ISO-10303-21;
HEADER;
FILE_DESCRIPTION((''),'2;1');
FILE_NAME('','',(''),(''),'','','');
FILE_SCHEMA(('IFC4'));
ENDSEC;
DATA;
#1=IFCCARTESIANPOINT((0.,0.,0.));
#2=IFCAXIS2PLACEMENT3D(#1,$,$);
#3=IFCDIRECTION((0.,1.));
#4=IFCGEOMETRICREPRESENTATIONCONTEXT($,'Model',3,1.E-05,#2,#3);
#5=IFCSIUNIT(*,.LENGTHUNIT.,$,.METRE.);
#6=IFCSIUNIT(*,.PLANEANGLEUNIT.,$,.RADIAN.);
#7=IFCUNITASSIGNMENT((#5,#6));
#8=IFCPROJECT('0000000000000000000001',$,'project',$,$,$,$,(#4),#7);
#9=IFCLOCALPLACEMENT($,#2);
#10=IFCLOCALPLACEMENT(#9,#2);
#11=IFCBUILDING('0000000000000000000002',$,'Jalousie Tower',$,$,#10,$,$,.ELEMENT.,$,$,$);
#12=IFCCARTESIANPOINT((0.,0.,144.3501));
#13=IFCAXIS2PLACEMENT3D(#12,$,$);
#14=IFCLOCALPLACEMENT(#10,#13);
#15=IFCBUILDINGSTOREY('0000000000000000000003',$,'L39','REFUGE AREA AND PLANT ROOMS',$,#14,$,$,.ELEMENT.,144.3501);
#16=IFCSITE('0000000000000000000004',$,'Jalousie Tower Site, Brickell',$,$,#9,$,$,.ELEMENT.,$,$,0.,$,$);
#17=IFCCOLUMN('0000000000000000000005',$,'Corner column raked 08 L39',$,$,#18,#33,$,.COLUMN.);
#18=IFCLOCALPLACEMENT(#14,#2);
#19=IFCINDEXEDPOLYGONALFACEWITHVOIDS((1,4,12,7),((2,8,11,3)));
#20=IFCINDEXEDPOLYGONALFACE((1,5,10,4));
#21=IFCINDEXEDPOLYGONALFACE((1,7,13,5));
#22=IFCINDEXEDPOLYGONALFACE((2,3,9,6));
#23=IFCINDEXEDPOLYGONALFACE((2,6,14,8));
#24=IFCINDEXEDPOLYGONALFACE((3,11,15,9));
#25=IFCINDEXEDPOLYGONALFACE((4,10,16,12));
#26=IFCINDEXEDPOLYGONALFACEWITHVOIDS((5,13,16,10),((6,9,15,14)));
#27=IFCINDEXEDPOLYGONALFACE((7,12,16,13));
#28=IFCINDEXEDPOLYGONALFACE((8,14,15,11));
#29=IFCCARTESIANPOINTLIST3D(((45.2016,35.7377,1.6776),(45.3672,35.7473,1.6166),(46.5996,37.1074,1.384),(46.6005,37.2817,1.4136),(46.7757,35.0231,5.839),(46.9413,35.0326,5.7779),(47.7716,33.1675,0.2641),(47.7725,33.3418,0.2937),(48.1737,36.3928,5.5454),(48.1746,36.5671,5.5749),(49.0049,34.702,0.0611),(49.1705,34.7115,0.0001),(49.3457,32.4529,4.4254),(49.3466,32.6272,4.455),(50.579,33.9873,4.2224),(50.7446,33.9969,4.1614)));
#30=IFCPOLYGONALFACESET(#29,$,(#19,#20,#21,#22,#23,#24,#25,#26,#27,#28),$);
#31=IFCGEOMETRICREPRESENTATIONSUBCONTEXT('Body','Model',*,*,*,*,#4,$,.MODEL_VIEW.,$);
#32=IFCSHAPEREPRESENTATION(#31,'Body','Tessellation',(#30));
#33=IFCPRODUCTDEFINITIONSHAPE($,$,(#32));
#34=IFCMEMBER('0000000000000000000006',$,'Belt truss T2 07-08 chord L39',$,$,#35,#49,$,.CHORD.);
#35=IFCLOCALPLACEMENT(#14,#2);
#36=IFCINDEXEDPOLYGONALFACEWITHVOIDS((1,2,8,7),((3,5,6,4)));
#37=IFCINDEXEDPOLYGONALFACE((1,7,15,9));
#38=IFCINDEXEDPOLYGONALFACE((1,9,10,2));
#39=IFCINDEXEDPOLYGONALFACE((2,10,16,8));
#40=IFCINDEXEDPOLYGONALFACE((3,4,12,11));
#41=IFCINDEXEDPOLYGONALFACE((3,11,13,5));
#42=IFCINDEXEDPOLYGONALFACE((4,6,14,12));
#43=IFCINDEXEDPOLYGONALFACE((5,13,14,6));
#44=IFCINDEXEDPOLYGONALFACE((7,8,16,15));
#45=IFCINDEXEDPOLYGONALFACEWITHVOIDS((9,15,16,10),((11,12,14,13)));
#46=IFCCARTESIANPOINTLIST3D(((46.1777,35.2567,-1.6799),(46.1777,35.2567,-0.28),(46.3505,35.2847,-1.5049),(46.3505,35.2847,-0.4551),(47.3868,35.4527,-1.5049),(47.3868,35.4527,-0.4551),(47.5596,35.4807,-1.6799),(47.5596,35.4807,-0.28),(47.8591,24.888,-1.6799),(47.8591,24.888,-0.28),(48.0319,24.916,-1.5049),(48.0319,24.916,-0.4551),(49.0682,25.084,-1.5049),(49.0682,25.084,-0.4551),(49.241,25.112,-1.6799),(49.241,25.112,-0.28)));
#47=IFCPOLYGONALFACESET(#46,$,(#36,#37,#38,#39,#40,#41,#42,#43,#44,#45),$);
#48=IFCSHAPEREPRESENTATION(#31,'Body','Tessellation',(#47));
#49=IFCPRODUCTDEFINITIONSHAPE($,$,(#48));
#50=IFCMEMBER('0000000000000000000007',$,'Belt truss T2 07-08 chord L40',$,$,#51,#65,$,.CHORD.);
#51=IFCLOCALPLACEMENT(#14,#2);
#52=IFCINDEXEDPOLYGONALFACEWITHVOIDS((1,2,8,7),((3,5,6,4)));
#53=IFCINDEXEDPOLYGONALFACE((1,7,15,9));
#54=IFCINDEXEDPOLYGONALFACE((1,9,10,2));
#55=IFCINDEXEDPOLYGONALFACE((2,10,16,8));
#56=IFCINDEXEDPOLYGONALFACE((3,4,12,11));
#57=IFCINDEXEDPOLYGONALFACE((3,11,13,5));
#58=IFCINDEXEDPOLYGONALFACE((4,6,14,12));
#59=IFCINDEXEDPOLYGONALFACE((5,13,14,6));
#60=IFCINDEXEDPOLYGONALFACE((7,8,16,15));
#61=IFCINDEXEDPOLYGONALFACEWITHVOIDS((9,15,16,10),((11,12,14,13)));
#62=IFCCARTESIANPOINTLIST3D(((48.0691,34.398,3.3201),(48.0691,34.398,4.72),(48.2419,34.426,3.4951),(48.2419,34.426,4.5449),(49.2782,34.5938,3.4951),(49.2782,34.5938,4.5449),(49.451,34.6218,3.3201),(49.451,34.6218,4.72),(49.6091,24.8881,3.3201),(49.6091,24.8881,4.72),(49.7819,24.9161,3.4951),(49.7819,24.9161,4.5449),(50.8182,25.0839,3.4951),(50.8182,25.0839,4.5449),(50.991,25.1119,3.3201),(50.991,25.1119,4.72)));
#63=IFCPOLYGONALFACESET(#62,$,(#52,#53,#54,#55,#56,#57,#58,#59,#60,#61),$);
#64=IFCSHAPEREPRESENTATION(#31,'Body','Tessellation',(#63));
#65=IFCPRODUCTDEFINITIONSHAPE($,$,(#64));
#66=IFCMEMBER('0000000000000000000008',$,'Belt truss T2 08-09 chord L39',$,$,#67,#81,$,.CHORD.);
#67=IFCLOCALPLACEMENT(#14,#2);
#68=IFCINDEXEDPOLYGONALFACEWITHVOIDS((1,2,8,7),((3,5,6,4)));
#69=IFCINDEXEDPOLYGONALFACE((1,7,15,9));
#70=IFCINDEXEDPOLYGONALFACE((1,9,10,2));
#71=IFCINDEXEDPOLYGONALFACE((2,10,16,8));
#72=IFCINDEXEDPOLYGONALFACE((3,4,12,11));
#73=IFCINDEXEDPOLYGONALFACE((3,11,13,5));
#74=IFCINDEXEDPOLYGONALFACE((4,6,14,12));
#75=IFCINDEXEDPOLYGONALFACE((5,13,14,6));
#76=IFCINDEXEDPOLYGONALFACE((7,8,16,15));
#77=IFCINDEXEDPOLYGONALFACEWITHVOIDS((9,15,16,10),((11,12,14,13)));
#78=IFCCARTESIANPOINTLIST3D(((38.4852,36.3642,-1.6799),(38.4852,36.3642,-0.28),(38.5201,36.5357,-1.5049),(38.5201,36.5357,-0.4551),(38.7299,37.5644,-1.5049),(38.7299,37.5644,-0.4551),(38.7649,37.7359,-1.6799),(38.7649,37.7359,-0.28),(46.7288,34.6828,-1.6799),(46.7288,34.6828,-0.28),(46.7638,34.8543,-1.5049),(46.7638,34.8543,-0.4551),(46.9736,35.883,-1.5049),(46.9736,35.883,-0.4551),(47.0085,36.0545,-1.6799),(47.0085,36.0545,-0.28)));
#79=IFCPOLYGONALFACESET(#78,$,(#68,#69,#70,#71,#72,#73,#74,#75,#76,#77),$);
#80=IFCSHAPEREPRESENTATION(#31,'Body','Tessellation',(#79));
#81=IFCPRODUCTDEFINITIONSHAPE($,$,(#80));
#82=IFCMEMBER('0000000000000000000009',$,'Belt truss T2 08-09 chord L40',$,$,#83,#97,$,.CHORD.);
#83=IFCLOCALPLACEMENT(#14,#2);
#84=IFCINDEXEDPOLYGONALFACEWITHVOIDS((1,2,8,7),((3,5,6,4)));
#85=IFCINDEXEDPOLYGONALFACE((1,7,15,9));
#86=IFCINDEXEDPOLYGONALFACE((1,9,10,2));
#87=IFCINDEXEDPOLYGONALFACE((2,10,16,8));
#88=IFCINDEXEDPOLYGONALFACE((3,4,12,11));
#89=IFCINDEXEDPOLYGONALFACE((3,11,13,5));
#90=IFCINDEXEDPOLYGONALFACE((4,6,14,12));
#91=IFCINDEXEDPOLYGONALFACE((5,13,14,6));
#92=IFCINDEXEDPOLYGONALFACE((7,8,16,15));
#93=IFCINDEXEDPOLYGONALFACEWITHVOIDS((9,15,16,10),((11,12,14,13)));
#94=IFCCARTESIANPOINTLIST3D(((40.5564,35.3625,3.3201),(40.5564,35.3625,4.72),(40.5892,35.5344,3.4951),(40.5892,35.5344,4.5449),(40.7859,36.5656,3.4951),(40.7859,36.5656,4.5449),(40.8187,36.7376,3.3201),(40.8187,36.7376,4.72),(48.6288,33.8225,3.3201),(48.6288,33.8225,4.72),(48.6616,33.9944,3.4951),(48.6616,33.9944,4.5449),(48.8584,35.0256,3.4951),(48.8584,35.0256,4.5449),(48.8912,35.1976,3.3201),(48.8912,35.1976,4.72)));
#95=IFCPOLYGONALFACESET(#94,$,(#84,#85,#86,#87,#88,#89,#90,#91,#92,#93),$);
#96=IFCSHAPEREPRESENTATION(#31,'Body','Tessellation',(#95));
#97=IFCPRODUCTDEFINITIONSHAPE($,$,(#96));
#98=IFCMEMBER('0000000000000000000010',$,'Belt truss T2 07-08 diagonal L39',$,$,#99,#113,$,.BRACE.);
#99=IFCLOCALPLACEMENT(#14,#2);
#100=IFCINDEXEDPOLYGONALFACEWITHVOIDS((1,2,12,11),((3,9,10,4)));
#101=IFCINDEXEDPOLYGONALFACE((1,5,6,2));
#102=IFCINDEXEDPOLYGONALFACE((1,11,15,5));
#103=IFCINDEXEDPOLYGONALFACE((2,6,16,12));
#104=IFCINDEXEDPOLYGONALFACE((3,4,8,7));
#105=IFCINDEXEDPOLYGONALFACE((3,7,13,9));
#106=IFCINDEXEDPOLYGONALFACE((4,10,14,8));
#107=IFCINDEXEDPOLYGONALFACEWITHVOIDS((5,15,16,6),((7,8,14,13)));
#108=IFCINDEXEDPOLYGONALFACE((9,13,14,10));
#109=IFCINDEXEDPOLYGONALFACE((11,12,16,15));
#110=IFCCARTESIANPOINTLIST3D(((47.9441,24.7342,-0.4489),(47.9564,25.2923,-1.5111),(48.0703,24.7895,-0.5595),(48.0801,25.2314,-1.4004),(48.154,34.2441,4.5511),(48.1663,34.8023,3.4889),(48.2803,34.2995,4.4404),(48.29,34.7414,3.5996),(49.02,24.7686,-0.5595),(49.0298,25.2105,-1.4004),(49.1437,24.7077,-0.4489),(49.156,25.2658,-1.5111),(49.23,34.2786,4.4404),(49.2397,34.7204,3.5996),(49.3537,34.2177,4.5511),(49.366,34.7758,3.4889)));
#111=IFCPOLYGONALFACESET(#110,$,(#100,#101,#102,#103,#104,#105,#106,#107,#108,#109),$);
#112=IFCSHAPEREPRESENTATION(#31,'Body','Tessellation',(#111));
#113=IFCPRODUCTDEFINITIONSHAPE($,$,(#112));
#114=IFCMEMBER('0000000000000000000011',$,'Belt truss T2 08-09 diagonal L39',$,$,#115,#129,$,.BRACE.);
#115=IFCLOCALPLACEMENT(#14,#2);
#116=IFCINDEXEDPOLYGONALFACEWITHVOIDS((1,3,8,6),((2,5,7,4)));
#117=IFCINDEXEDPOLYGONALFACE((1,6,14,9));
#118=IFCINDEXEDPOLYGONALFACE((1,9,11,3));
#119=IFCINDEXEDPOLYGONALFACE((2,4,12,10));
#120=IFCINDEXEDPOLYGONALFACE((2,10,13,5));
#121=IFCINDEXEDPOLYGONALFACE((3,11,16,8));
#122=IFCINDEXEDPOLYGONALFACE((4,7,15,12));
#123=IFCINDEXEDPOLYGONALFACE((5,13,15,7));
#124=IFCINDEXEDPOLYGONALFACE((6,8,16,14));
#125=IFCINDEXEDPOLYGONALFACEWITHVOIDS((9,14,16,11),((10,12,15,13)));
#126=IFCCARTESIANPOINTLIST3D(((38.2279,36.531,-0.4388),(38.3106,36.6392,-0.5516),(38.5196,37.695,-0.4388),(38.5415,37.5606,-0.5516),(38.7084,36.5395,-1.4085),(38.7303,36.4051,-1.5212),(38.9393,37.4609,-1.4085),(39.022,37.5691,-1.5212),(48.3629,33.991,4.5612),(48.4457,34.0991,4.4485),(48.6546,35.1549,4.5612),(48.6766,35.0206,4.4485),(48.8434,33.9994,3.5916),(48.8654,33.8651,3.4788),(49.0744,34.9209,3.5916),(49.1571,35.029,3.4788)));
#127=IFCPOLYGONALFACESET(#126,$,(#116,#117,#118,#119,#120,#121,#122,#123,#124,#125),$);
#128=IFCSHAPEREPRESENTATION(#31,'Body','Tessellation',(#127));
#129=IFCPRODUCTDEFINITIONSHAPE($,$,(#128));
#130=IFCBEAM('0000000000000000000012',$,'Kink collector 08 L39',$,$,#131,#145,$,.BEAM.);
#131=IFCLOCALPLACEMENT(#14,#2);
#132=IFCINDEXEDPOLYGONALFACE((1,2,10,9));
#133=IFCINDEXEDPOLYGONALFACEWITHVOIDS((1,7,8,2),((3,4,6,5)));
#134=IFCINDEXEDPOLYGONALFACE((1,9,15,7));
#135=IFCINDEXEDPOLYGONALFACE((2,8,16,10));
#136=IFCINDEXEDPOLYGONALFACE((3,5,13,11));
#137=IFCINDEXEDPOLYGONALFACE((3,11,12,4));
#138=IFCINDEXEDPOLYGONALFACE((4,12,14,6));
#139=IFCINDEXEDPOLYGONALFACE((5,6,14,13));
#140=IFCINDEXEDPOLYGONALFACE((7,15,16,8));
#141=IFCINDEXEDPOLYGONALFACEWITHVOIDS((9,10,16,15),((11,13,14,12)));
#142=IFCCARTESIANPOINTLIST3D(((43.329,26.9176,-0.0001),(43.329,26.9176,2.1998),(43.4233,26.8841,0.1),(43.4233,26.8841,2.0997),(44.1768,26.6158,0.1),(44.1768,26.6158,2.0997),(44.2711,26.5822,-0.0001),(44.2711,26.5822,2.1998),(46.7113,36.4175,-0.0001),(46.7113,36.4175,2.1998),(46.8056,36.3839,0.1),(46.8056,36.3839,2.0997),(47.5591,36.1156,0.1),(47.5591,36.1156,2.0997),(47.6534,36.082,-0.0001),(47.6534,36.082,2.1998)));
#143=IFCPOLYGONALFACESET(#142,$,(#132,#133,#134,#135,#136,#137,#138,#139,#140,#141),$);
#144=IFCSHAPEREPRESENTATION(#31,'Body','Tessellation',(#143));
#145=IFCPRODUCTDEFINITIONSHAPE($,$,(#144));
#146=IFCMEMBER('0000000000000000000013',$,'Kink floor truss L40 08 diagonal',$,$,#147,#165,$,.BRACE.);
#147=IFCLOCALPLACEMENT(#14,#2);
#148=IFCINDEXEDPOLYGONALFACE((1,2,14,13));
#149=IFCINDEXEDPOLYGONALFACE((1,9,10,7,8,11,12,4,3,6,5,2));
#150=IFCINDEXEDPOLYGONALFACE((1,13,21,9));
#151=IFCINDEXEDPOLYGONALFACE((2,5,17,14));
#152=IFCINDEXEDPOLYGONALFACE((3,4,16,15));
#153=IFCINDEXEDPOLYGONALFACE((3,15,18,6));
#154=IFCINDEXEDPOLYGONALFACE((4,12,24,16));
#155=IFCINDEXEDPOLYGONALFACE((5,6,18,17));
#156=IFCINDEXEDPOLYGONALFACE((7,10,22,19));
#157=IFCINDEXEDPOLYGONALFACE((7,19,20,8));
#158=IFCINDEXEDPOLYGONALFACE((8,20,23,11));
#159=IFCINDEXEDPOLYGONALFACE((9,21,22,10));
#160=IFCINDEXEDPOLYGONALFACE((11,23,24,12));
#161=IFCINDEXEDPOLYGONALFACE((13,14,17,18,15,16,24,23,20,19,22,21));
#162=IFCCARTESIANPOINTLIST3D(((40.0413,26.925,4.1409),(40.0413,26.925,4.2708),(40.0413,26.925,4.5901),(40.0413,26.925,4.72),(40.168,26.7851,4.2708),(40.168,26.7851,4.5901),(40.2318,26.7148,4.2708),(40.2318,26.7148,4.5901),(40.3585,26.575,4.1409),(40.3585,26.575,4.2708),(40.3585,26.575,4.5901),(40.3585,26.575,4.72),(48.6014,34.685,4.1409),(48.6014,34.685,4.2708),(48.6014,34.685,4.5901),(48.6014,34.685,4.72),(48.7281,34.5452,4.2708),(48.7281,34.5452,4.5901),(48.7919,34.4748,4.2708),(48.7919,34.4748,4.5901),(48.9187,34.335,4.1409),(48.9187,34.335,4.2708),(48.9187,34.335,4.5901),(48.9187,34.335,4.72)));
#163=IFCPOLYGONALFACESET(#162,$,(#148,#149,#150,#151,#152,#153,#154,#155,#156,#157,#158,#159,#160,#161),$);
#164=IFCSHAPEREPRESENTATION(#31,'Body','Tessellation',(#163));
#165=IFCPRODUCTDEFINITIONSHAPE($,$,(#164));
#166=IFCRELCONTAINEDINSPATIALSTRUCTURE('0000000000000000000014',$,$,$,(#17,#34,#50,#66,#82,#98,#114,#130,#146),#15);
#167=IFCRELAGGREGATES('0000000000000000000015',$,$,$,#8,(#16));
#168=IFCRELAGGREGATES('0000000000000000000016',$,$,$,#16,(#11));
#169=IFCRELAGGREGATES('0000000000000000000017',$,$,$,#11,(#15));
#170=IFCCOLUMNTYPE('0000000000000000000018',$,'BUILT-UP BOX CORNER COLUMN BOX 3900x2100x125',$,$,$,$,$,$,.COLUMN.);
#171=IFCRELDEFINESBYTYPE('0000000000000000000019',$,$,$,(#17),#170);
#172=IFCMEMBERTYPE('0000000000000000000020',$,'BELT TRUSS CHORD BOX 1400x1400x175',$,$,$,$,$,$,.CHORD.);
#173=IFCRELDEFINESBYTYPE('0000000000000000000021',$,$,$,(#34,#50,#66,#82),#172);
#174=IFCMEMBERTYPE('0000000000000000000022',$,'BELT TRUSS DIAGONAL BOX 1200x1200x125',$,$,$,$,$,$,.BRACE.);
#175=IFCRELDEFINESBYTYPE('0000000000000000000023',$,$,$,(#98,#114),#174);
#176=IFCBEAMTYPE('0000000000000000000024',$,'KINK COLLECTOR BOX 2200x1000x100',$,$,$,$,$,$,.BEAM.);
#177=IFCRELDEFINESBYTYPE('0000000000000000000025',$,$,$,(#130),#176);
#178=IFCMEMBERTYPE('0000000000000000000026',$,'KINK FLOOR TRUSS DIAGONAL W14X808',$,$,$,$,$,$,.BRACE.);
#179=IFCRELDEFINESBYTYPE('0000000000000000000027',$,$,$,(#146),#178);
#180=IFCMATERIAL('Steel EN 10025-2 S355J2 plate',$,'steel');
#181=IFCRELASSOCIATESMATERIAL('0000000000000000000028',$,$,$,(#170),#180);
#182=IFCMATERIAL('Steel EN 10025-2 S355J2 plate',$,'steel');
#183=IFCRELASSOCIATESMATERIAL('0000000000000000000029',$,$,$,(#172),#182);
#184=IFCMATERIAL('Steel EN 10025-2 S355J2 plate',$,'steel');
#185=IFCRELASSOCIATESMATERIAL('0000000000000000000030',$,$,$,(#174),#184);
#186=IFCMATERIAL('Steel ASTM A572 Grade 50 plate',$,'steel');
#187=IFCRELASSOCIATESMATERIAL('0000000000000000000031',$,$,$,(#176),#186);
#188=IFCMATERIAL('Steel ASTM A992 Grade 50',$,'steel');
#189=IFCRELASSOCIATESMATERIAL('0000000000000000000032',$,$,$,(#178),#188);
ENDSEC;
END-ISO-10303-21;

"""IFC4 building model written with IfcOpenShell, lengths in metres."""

from ifc_helpers import new_model, si_unit, direction, frame, origin, origin_2d, place, context, subcontext, project, spatial, hollow_rectangle, i_section, extrude, material, material_profile, profile_set, type_object, element, save


model = new_model("IFC4")

# Units and contexts
model_context = context("Model", 3, precision=1e-05, world=origin(), true_north=direction((0.0, 1.0)))
body_context = subcontext(model_context, "Body", "Model", "MODEL_VIEW")
ifc_project = project(units=[si_unit("LENGTHUNIT", "METRE"), si_unit("PLANEANGLEUNIT", "RADIAN")], contexts=[model_context])

# Site, building, storey
site_placement = place(None, origin())
site = spatial("IfcSite", under=ifc_project, at=site_placement, Name="Jalousie Tower Site, Brickell", CompositionType="ELEMENT", RefElevation=0.0)
building_placement = place(site_placement, origin())
building = spatial("IfcBuilding", under=site, at=building_placement, Name="Jalousie Tower", CompositionType="ELEMENT")
storey_placement = place(building_placement, frame((0.0, 0.0, 144.3501)))
storey = spatial("IfcBuildingStorey", under=building, at=storey_placement, Name="L39", Description="REFUGE AREA AND PLANT ROOMS", CompositionType="ELEMENT", Elevation=144.3501)

# Column
ifc_material_1 = material(Name="Steel EN 10025-2 S355J2 plate", Category="steel")
ifc_material_profile_1 = material_profile(ifc_material_1, hollow_rectangle(XDim=2.1001, YDim=3.8999, WallThickness=0.125, at=origin_2d()), Name="BOX 3900x2100x125")
ifc_profile_set_1 = profile_set([ifc_material_profile_1], Name="Steel EN 10025-2 S355J2 plate")
column_type = type_object("IfcColumnType", Name="BUILT-UP BOX CORNER COLUMN BOX 3900x2100x125", PredefinedType="COLUMN", material=ifc_profile_set_1)
column_placement = place(storey_placement, frame((47.186, 35.2246, 0.8389), z_axis=(0.349327, -0.158588, 0.923483), x_axis=(-0.666103, -0.735189, 0.125715)))
element("IfcColumn", 1, at=column_placement, inside=storey, type_object=column_type, Name="Corner column raked 08 L39", PredefinedType="COLUMN", context=body_context, shape_type="SweptSolid", body=[
    extrude(hollow_rectangle(XDim=2.1001, YDim=3.8999, WallThickness=0.125, at=origin_2d()), origin(), (0.0, 0.0, 1.0), 4.5061),
])

# Members
ifc_material_2 = material(Name="Steel EN 10025-2 S355J2 plate", Category="steel")
ifc_material_profile_2 = material_profile(ifc_material_2, hollow_rectangle(XDim=1.3999, YDim=1.3999, WallThickness=0.175, at=origin_2d()), Name="BOX 1400x1400x175")
ifc_profile_set_2 = profile_set([ifc_material_profile_2], Name="Steel EN 10025-2 S355J2 plate")
member_type_1 = type_object("IfcMemberType", Name="BELT TRUSS CHORD BOX 1400x1400x175", PredefinedType="CHORD", material=ifc_profile_set_2)
member_1_placement = place(storey_placement, frame((48.55, 25.0, -0.98), z_axis=(-0.160071, 0.987106, 0.0), x_axis=(-0.987106, -0.160071, 0.0)))
element("IfcMember", 2, at=member_1_placement, inside=storey, type_object=member_type_1, Name="Belt truss T2 07-08 chord L39", PredefinedType="CHORD", context=body_context, shape_type="SweptSolid", body=[
    extrude(hollow_rectangle(XDim=1.3999, YDim=1.3999, WallThickness=0.175, at=origin_2d()), origin(), (0.0, 0.0, 1.0), 10.5042),
])
member_2_placement = place(storey_placement, frame((50.3, 25.0, 4.02), z_axis=(-0.159856, 0.98714, 0.0), x_axis=(-0.98714, -0.159856, 0.0)))
element("IfcMember", 3, at=member_2_placement, inside=storey, type_object=member_type_1, Name="Belt truss T2 07-08 chord L40", PredefinedType="CHORD", context=body_context, shape_type="SweptSolid", body=[
    extrude(hollow_rectangle(XDim=1.3999, YDim=1.3999, WallThickness=0.175, at=origin_2d()), origin(), (0.0, 0.0, 1.0), 9.6338),
])
member_3_placement = place(storey_placement, frame((46.8687, 35.3687, -0.98), z_axis=(-0.979827, 0.199848, 0.0), x_axis=(-0.199848, -0.979827, 0.0)))
element("IfcMember", 4, at=member_3_placement, inside=storey, type_object=member_type_1, Name="Belt truss T2 08-09 chord L39", PredefinedType="CHORD", context=body_context, shape_type="SweptSolid", body=[
    extrude(hollow_rectangle(XDim=1.3999, YDim=1.3999, WallThickness=0.175, at=origin_2d()), origin(), (0.0, 0.0, 1.0), 8.4133),
])
member_4_placement = place(storey_placement, frame((48.76, 34.51, 4.02), z_axis=(-0.982284, 0.187396, 0.0), x_axis=(-0.187396, -0.982284, 0.0)))
element("IfcMember", 5, at=member_4_placement, inside=storey, type_object=member_type_1, Name="Belt truss T2 08-09 chord L40", PredefinedType="CHORD", context=body_context, shape_type="SweptSolid", body=[
    extrude(hollow_rectangle(XDim=1.3999, YDim=1.3999, WallThickness=0.175, at=origin_2d()), origin(), (0.0, 0.0, 1.0), 8.218),
])
ifc_material_3 = material(Name="Steel EN 10025-2 S355J2 plate", Category="steel")
ifc_material_profile_3 = material_profile(ifc_material_3, hollow_rectangle(XDim=1.2, YDim=1.2, WallThickness=0.125, at=origin_2d()), Name="BOX 1200x1200x125")
ifc_profile_set_3 = profile_set([ifc_material_profile_3], Name="Steel EN 10025-2 S355J2 plate")
member_type_2 = type_object("IfcMemberType", Name="BELT TRUSS DIAGONAL BOX 1200x1200x125", PredefinedType="BRACE", material=ifc_profile_set_3)
member_5_placement = place(storey_placement, frame((48.55, 25.0, -0.98), z_axis=(0.019538, 0.884951, 0.465274), x_axis=(-0.999756, 0.022073, 0.0)))
element("IfcMember", 6, at=member_5_placement, inside=storey, type_object=member_type_2, Name="Belt truss T2 07-08 diagonal L39", PredefinedType="BRACE", context=body_context, shape_type="SweptSolid", body=[
    extrude(hollow_rectangle(XDim=1.2, YDim=1.2, WallThickness=0.125, at=origin_2d()), origin(), (0.0, 0.0, 1.0), 10.7463),
])
member_6_placement = place(storey_placement, frame((48.76, 34.51, 4.02), z_axis=(-0.874976, 0.219287, -0.43166), x_axis=(-0.243102, -0.970001, 0.0)))
element("IfcMember", 7, at=member_6_placement, inside=storey, type_object=member_type_2, Name="Belt truss T2 08-09 diagonal L39", PredefinedType="BRACE", context=body_context, shape_type="SweptSolid", body=[
    extrude(hollow_rectangle(XDim=1.2, YDim=1.2, WallThickness=0.125, at=origin_2d()), origin(), (0.0, 0.0, 1.0), 11.5833),
])

# Beam
ifc_material_4 = material(Name="Steel ASTM A572 Grade 50 plate", Category="steel")
ifc_material_profile_4 = material_profile(ifc_material_4, hollow_rectangle(XDim=1.0, YDim=2.2, WallThickness=0.1001, at=origin_2d()), Name="BOX 2200x1000x100")
ifc_profile_set_4 = profile_set([ifc_material_profile_4], Name="Steel ASTM A572 Grade 50 plate")
beam_type = type_object("IfcBeamType", Name="KINK COLLECTOR BOX 2200x1000x100", PredefinedType="BEAM", material=ifc_profile_set_4)
beam_placement = place(storey_placement, frame((47.1824, 36.2498, 1.0999), z_axis=(-0.335418, -0.94207, 0.0), x_axis=(0.94207, -0.335418, 0.0)))
element("IfcBeam", 8, at=beam_placement, inside=storey, type_object=beam_type, Name="Kink collector 08 L39", PredefinedType="BEAM", context=body_context, shape_type="SweptSolid", body=[
    extrude(hollow_rectangle(XDim=1.0, YDim=2.2, WallThickness=0.1001, at=origin_2d()), origin(), (0.0, 0.0, 1.0), 10.084),
])

# Member
ifc_material_5 = material(Name="Steel ASTM A992 Grade 50", Category="steel")
ifc_material_profile_5 = material_profile(ifc_material_5, i_section(OverallWidth=0.4724, OverallDepth=0.5791, WebThickness=0.095, FlangeThickness=0.1299, at=origin_2d()), Name="W14X808")
ifc_profile_set_5 = profile_set([ifc_material_profile_5], Name="Steel ASTM A992 Grade 50")
member_type_3 = type_object("IfcMemberType", Name="KINK FLOOR TRUSS DIAGONAL W14X808", PredefinedType="BRACE", material=ifc_profile_set_5)
member_7_placement = place(storey_placement, frame((48.76, 34.51, 4.4304), z_axis=(-0.740881, -0.671636, 0.0), x_axis=(0.671636, -0.740881, 0.0)))
element("IfcMember", 9, at=member_7_placement, inside=storey, type_object=member_type_3, Name="Kink floor truss L40 08 diagonal", PredefinedType="BRACE", context=body_context, shape_type="SweptSolid", body=[
    extrude(i_section(OverallWidth=0.4724, OverallDepth=0.5791, WebThickness=0.095, FlangeThickness=0.1299, at=origin_2d()), origin(), (0.0, 0.0, 1.0), 11.554),
])

save(model, "model.ifc")
